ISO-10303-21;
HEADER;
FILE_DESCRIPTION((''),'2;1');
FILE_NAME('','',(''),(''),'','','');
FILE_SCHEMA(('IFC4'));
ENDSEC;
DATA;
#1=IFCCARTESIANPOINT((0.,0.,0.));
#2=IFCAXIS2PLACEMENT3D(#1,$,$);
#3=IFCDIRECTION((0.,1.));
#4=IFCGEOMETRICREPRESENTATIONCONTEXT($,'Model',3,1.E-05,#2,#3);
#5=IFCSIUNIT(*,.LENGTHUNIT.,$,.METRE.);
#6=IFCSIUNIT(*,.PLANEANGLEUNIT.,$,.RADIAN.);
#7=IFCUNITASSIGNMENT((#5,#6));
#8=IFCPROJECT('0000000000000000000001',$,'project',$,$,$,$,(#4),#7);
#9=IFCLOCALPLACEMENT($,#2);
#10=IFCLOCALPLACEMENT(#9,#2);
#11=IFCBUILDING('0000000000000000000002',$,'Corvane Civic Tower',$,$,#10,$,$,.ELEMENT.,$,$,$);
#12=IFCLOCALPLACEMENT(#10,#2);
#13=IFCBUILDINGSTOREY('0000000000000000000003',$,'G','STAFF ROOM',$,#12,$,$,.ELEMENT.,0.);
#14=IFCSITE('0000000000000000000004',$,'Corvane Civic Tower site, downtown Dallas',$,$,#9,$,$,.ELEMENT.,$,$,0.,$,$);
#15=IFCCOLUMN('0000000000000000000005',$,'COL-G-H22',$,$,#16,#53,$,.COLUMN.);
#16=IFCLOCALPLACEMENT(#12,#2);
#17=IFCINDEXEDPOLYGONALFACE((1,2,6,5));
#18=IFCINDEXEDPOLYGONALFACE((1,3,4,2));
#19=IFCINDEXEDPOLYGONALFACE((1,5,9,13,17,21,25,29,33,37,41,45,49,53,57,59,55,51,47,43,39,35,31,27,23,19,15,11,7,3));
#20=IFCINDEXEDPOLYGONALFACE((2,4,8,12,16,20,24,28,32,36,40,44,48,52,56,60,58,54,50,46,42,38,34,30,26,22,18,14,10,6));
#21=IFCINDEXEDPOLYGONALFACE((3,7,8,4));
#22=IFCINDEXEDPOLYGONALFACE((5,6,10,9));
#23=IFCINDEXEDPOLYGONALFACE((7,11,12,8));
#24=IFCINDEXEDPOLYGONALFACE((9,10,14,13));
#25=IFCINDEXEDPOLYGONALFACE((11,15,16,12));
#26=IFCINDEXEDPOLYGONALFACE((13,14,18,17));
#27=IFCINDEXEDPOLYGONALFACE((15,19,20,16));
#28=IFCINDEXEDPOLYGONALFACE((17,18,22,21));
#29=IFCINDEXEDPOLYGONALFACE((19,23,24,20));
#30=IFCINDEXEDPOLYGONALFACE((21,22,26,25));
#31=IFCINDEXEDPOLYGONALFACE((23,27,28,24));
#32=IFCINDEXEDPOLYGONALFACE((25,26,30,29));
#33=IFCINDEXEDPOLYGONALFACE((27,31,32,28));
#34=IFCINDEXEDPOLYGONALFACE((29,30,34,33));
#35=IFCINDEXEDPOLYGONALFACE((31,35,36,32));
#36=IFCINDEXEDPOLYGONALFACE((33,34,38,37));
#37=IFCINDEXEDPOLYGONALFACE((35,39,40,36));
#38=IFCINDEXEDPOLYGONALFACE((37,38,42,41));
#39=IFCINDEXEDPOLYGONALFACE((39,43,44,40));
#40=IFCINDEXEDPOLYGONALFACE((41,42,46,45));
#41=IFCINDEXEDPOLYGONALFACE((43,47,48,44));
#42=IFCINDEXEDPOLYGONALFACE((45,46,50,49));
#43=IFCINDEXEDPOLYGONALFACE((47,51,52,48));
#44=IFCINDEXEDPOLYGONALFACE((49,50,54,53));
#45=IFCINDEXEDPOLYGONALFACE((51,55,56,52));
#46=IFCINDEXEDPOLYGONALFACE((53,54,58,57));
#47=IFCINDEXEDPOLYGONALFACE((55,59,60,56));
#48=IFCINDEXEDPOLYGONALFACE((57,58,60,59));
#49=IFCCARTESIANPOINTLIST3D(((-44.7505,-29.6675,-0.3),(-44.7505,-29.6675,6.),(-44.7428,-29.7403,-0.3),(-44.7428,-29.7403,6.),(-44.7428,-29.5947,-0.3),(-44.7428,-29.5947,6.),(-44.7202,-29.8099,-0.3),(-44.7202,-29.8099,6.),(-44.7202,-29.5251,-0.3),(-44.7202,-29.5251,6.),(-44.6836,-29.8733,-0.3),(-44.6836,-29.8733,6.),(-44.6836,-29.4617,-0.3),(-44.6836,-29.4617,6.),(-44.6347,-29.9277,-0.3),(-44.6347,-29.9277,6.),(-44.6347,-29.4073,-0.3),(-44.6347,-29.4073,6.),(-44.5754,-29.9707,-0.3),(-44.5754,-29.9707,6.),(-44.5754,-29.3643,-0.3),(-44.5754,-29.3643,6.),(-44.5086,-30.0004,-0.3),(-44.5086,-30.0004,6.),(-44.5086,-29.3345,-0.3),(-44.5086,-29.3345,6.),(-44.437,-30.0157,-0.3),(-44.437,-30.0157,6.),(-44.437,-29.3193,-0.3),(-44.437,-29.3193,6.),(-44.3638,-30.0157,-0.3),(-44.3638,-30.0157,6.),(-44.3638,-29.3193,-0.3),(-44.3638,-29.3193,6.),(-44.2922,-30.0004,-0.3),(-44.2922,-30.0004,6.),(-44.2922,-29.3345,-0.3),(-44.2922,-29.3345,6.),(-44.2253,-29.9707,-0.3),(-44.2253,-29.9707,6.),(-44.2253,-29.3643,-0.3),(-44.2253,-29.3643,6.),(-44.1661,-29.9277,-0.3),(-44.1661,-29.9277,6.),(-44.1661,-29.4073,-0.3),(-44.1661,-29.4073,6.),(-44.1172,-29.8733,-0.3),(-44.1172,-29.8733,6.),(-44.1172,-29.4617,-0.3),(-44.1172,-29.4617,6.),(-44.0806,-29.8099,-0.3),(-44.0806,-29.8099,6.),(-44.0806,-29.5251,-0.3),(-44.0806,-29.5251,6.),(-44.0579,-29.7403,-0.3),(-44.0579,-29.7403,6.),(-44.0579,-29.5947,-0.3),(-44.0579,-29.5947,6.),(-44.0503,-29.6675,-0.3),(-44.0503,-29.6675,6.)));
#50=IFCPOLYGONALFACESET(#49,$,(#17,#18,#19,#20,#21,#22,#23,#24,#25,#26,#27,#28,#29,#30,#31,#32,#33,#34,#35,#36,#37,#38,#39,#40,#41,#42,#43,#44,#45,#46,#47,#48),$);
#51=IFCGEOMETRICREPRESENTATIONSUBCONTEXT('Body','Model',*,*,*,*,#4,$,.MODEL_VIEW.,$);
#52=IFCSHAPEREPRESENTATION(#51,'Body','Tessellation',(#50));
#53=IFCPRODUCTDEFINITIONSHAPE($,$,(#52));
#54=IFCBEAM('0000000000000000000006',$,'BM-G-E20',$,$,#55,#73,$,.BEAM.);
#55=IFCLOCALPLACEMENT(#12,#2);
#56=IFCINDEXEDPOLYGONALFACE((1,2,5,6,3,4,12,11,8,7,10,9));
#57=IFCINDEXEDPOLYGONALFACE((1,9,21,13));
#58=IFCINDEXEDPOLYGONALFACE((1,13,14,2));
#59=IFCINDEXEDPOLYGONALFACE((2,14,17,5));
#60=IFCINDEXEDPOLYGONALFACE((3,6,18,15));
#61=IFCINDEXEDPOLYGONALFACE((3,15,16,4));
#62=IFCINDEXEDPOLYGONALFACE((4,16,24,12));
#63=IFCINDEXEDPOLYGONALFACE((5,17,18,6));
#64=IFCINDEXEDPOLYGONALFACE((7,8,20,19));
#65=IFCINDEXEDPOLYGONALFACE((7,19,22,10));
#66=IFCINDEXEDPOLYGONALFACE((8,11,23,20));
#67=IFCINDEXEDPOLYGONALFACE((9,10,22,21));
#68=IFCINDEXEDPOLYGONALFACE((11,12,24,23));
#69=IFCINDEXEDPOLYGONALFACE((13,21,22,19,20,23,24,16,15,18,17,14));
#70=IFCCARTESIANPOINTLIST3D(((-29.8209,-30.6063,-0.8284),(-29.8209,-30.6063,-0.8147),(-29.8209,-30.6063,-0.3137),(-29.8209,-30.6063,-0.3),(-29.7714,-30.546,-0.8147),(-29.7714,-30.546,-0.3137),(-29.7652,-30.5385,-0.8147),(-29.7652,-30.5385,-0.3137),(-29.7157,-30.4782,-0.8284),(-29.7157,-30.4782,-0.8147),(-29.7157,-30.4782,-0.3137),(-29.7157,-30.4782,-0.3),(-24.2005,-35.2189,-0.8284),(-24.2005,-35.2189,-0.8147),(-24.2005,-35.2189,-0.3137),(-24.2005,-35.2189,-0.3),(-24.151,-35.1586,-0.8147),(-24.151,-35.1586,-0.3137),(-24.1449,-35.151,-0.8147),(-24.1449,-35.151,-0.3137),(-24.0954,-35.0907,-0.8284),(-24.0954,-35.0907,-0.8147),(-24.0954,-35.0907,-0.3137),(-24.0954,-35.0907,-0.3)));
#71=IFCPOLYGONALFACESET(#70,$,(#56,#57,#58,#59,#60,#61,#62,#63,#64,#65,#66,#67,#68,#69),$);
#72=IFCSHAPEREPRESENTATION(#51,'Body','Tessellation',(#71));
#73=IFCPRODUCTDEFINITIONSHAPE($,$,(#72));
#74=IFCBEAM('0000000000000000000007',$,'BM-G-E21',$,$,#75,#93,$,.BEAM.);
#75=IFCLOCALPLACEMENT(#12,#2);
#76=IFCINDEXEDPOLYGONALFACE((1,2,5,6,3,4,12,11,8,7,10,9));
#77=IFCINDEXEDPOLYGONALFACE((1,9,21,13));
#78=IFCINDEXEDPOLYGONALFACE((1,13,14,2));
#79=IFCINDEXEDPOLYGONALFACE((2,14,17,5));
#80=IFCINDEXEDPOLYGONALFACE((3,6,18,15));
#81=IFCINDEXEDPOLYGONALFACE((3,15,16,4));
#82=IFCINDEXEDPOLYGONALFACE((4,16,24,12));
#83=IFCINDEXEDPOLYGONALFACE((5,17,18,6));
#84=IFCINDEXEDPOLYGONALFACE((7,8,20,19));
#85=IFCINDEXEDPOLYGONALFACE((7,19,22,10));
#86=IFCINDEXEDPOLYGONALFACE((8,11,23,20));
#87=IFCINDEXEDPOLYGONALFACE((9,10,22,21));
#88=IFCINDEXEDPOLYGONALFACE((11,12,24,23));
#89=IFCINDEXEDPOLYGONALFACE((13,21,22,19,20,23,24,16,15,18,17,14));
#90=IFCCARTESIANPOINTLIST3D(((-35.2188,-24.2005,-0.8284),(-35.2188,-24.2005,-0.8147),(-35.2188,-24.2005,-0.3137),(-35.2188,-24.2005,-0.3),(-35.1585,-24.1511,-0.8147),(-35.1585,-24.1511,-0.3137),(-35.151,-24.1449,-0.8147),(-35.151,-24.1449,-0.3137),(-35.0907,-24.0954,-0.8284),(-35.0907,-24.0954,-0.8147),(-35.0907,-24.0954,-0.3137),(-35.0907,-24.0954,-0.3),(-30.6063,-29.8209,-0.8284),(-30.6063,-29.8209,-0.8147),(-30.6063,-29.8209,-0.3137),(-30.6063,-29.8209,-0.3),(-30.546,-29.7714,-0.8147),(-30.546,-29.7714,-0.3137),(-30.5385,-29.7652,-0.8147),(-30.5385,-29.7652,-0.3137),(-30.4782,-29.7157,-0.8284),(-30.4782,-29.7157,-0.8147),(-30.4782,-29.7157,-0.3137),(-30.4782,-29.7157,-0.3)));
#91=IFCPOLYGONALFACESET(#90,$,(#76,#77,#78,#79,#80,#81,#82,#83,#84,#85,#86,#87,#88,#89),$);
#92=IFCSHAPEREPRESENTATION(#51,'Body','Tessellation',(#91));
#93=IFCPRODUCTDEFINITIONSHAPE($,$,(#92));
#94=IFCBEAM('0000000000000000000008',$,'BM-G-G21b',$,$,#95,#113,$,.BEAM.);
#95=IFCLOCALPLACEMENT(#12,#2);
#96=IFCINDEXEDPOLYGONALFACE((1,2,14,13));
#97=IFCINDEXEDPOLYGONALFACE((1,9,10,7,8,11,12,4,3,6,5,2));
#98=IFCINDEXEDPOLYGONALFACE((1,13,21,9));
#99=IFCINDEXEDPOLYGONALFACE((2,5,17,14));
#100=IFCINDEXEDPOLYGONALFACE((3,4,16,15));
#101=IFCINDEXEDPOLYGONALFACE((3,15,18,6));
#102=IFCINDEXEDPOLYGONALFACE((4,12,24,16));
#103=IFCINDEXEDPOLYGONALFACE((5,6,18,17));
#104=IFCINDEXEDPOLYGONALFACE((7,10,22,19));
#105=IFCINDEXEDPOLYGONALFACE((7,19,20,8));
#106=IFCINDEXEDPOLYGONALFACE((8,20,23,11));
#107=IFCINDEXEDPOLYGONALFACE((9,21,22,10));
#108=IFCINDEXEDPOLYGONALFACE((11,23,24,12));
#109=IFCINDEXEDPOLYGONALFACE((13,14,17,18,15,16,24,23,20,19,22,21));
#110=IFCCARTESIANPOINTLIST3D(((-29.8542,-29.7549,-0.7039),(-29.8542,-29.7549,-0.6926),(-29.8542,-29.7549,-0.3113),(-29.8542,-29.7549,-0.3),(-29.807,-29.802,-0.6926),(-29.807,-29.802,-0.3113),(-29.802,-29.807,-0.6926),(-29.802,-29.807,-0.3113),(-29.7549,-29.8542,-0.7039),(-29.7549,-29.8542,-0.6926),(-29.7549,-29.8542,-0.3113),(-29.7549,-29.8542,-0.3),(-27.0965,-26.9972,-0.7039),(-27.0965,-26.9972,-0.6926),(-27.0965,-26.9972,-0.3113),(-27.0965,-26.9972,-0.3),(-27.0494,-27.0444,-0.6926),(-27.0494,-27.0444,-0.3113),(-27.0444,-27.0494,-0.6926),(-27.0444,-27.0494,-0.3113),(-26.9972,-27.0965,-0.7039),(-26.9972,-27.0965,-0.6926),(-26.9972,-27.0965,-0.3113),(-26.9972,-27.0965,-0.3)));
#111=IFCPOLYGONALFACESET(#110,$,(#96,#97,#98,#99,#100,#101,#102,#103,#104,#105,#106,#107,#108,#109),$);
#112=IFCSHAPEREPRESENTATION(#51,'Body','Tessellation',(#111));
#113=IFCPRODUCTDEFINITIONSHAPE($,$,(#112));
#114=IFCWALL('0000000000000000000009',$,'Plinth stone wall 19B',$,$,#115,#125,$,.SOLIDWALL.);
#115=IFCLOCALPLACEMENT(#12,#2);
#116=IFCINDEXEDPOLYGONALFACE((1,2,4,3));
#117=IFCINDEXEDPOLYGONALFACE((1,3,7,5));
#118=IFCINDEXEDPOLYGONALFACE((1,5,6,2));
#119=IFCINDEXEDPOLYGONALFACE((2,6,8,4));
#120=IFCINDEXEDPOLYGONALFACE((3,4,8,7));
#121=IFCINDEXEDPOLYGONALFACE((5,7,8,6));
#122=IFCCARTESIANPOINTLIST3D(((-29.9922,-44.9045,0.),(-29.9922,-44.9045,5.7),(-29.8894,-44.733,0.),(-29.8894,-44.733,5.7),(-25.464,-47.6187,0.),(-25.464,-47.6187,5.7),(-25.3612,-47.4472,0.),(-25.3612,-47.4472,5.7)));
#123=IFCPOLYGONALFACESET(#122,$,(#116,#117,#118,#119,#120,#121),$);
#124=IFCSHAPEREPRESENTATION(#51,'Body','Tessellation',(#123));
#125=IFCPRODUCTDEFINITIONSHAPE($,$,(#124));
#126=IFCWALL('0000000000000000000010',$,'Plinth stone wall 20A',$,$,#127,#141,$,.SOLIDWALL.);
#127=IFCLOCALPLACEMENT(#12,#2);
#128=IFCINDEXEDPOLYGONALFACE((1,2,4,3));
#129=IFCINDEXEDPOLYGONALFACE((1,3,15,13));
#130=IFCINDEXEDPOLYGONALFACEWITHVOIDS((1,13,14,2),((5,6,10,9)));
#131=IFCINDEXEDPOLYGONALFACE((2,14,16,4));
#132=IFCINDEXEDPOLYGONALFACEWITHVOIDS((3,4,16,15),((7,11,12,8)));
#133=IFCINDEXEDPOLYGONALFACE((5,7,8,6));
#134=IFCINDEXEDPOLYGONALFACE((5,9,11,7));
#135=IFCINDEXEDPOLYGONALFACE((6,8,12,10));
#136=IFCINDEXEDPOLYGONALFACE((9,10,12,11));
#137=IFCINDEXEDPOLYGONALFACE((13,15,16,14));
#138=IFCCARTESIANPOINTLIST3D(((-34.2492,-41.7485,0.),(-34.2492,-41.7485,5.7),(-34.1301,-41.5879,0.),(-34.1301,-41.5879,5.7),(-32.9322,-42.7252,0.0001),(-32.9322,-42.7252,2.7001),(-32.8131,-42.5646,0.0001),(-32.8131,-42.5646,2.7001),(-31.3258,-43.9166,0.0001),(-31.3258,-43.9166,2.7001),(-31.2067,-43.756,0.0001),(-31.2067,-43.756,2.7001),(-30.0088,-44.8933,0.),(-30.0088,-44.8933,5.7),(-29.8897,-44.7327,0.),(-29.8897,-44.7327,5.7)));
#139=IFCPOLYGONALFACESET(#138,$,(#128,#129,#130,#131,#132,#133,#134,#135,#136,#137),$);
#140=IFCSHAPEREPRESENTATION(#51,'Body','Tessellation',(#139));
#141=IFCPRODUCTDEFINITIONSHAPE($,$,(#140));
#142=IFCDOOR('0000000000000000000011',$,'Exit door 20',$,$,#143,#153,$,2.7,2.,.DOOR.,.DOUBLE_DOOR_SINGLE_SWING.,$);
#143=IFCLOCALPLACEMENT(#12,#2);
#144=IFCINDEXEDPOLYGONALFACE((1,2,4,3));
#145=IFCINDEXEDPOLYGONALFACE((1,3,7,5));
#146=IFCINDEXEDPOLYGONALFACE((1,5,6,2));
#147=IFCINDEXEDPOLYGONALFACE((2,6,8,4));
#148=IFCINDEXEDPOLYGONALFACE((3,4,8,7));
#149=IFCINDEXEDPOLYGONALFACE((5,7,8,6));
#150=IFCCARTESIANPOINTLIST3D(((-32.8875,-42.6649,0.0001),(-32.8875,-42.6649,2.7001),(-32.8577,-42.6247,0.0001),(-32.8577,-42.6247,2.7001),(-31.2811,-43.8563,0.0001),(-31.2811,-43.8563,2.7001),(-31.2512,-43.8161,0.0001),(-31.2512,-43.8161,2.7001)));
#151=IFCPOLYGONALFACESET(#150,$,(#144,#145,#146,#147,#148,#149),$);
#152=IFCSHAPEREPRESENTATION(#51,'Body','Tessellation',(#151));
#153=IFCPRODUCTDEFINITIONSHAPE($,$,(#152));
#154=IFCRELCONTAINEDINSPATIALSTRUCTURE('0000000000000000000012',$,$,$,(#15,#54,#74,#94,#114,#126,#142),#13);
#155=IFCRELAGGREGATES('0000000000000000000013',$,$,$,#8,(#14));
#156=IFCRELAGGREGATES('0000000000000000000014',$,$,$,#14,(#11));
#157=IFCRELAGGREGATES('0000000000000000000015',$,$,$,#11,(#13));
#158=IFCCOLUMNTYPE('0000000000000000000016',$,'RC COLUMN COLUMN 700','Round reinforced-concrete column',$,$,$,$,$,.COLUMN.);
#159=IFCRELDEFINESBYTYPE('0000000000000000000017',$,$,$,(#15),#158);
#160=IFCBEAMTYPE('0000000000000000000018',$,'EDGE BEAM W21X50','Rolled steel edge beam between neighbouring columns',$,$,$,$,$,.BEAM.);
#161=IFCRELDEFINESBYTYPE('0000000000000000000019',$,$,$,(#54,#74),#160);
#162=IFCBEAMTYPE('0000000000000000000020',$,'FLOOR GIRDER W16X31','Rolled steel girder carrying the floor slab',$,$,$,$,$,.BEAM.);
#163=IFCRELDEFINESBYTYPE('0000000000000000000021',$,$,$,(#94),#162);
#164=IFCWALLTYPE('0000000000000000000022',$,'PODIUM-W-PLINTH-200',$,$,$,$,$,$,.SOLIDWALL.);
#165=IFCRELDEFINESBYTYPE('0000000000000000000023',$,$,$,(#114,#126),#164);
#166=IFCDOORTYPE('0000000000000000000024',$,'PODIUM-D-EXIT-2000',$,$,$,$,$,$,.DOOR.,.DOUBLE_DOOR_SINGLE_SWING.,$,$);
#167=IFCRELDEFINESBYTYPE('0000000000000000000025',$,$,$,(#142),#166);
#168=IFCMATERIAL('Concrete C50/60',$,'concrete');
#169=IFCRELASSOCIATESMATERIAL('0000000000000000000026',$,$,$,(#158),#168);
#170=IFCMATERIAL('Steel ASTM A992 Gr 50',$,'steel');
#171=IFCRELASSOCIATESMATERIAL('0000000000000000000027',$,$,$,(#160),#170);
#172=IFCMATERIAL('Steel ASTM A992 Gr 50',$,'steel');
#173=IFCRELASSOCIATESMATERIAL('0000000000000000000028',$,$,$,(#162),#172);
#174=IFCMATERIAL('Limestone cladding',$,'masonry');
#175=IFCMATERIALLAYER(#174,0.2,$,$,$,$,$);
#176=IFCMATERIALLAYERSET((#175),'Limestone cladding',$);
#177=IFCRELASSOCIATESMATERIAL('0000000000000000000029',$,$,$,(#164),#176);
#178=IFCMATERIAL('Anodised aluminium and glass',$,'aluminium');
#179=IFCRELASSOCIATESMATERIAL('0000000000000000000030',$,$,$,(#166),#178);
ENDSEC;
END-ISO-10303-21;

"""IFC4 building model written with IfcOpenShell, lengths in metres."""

from ifc_helpers import new_model, si_unit, direction, frame, frame_2d, origin, origin_2d, place, context, subcontext, project, spatial, rectangle, circle, i_section, extrude, material, layer, layer_set, material_profile, profile_set, type_object, element, fill, save


model = new_model("IFC4")

# Units and contexts
model_context = context("Model", 3, precision=1e-05, world=origin(), true_north=direction((0.0, 1.0)))
body_context = subcontext(model_context, "Body", "Model", "MODEL_VIEW")
ifc_project = project(units=[si_unit("LENGTHUNIT", "METRE"), si_unit("PLANEANGLEUNIT", "RADIAN")], contexts=[model_context])

# Site, building, storey
site_placement = place(None, origin())
site = spatial("IfcSite", under=ifc_project, at=site_placement, Name="Corvane Civic Tower site, downtown Dallas", CompositionType="ELEMENT", RefElevation=0.0)
building_placement = place(site_placement, origin())
building = spatial("IfcBuilding", under=site, at=building_placement, Name="Corvane Civic Tower", CompositionType="ELEMENT")
storey_placement = place(building_placement, origin())
storey = spatial("IfcBuildingStorey", under=building, at=storey_placement, Name="G", Description="STAFF ROOM", CompositionType="ELEMENT", Elevation=0.0)

# Column
ifc_material_1 = material(Name="Concrete C50/60", Category="concrete")
ifc_material_profile_1 = material_profile(ifc_material_1, circle(Radius=0.3501, at=origin_2d()), Name="COLUMN 700")
ifc_profile_set_1 = profile_set([ifc_material_profile_1], Name="Concrete C50/60")
column_type_1 = type_object("IfcColumnType", Name="RC COLUMN COLUMN 700", Description="Round reinforced-concrete column", PredefinedType="COLUMN", material=ifc_profile_set_1)
for number, where, z_axis, x_axis, name in (
    (1, (-44.4004, -29.6675, -0.3), (0.0, 0.0, 1.0), (1.0, 0.0, 0.0), "COL-G-H22"),
):
    element("IfcColumn", number, at=place(storey_placement, frame(where, z_axis=z_axis, x_axis=x_axis)), inside=storey, type_object=column_type_1, Name=name, PredefinedType="COLUMN", context=body_context, shape_type="SweptSolid", body=[
        extrude(circle(Radius=0.3501, at=origin_2d()), origin(), (0.0, 0.0, 1.0), 6.3),
    ])

# Beams
ifc_material_2 = material(Name="Steel ASTM A992 Gr 50", Category="steel")
ifc_material_profile_2 = material_profile(ifc_material_2, i_section(OverallWidth=0.1658, OverallDepth=0.5283, WebThickness=0.0098, FlangeThickness=0.0137, at=origin_2d()), Name="W21X50")
ifc_profile_set_2 = profile_set([ifc_material_profile_2], Name="Steel ASTM A992 Gr 50")
beam_type_1 = type_object("IfcBeamType", Name="EDGE BEAM W21X50", Description="Rolled steel edge beam between neighbouring columns", PredefinedType="BEAM", material=ifc_profile_set_2)
for number, where, z_axis, x_axis, name in (
    (2, (-24.1479, -35.1548, -0.5642), (-0.773008, 0.634396, 0.0), (-0.634396, -0.773008, 0.0), "BM-G-E20"),
    (3, (-30.5422, -29.7683, -0.5642), (-0.634396, 0.773008, 0.0), (-0.773008, -0.634396, 0.0), "BM-G-E21"),
):
    element("IfcBeam", number, at=place(storey_placement, frame(where, z_axis=z_axis, x_axis=x_axis)), inside=storey, type_object=beam_type_1, Name=name, PredefinedType="BEAM", context=body_context, shape_type="SweptSolid", body=[
        extrude(i_section(OverallWidth=0.1658, OverallDepth=0.5283, WebThickness=0.0098, FlangeThickness=0.0137, at=origin_2d()), origin(), (0.0, 0.0, 1.0), 7.2708),
    ])
ifc_material_3 = material(Name="Steel ASTM A992 Gr 50", Category="steel")
ifc_material_profile_3 = material_profile(ifc_material_3, i_section(OverallWidth=0.1404, OverallDepth=0.4038, WebThickness=0.0071, FlangeThickness=0.0112, at=origin_2d()), Name="W16X31")
ifc_profile_set_3 = profile_set([ifc_material_profile_3], Name="Steel ASTM A992 Gr 50")
beam_type_2 = type_object("IfcBeamType", Name="FLOOR GIRDER W16X31", Description="Rolled steel girder carrying the floor slab", PredefinedType="BEAM", material=ifc_profile_set_3)
beam_placement = place(storey_placement, frame((-27.0469, -27.0469, -0.502), z_axis=(-0.707107, -0.707107, 0.0), x_axis=(0.707107, -0.707107, 0.0)))
element("IfcBeam", 4, at=beam_placement, inside=storey, type_object=beam_type_2, Name="BM-G-G21b", PredefinedType="BEAM", context=body_context, shape_type="SweptSolid", body=[
    extrude(i_section(OverallWidth=0.1404, OverallDepth=0.4038, WebThickness=0.0071, FlangeThickness=0.0112, at=origin_2d()), origin(), (0.0, 0.0, 1.0), 3.8999),
])

# Wall
ifc_material_4 = material(Name="Limestone cladding", Category="masonry")
ifc_layer_1 = layer(ifc_material_4, 0.2)
ifc_layer_set_1 = layer_set([ifc_layer_1], Name="Limestone cladding")
wall_type_1 = type_object("IfcWallType", Name="PODIUM-W-PLINTH-200", PredefinedType="SOLIDWALL", material=ifc_layer_set_1)
wall_1_placement = place(storey_placement, frame((-25.4126, -47.533, 0.0), z_axis=(0.0, 0.0, 1.0), x_axis=(-0.857721, 0.514115, 0.0)))
element("IfcWall", 5, at=wall_1_placement, inside=storey, type_object=wall_type_1, Name="Plinth stone wall 19B", PredefinedType="SOLIDWALL", context=body_context, shape_type="SweptSolid", body=[
    extrude(rectangle(XDim=5.2793, YDim=0.2, at=frame_2d((2.6396, 0.0))), origin(), (0.0, 0.0, 1.0), 5.7),
])

# Wall, opening, door
wall_2_placement = place(storey_placement, frame((-29.9492, -44.813, 0.0), z_axis=(0.0, 0.0, 1.0), x_axis=(-0.803224, 0.595678, 0.0)))
wall_2 = element("IfcWall", 6, at=wall_2_placement, inside=storey, type_object=wall_type_1, Name="Plinth stone wall 20A", PredefinedType="SOLIDWALL", context=body_context, shape_type="SweptSolid", body=[
    extrude(rectangle(XDim=5.2793, YDim=0.2, at=frame_2d((2.6396, 0.0))), origin(), (0.0, 0.0, 1.0), 5.7),
])
opening_1_placement = place(wall_2_placement, frame((1.6396, 0.0, 0.0)))
opening_1 = element("IfcOpeningElement", 7, at=opening_1_placement, cuts=wall_2, PredefinedType="OPENING", context=body_context, shape_type="SweptSolid", body=[
    extrude(rectangle(XDim=2.0, YDim=2.7, at=frame_2d((1.0, 1.3501))), frame((0.0, 0.1099, 0.0), z_axis=(0.0, -1.0, 0.0), x_axis=(1.0, 0.0, 0.0)), (0.0, 0.0, 1.0), 0.22),
])
ifc_material_5 = material(Name="Anodised aluminium and glass", Category="aluminium")
door_type_1 = type_object("IfcDoorType", Name="PODIUM-D-EXIT-2000", OperationType="DOUBLE_DOOR_SINGLE_SWING", PredefinedType="DOOR", material=ifc_material_5)
door_1_placement = place(opening_1_placement, origin())
door_1 = element("IfcDoor", 8, at=door_1_placement, inside=storey, type_object=door_type_1, Name="Exit door 20", OperationType="DOUBLE_DOOR_SINGLE_SWING", OverallHeight=2.7, OverallWidth=2.0, PredefinedType="DOOR", context=body_context, shape_type="SweptSolid", body=[
    extrude(rectangle(XDim=2.0, YDim=2.7, at=frame_2d((1.0, 1.3501))), frame((0.0, 0.0249, 0.0), z_axis=(0.0, -1.0, 0.0), x_axis=(1.0, 0.0, 0.0)), (0.0, 0.0, 1.0), 0.05),
])
fill(opening_1, door_1)

save(model, "model.ifc")
